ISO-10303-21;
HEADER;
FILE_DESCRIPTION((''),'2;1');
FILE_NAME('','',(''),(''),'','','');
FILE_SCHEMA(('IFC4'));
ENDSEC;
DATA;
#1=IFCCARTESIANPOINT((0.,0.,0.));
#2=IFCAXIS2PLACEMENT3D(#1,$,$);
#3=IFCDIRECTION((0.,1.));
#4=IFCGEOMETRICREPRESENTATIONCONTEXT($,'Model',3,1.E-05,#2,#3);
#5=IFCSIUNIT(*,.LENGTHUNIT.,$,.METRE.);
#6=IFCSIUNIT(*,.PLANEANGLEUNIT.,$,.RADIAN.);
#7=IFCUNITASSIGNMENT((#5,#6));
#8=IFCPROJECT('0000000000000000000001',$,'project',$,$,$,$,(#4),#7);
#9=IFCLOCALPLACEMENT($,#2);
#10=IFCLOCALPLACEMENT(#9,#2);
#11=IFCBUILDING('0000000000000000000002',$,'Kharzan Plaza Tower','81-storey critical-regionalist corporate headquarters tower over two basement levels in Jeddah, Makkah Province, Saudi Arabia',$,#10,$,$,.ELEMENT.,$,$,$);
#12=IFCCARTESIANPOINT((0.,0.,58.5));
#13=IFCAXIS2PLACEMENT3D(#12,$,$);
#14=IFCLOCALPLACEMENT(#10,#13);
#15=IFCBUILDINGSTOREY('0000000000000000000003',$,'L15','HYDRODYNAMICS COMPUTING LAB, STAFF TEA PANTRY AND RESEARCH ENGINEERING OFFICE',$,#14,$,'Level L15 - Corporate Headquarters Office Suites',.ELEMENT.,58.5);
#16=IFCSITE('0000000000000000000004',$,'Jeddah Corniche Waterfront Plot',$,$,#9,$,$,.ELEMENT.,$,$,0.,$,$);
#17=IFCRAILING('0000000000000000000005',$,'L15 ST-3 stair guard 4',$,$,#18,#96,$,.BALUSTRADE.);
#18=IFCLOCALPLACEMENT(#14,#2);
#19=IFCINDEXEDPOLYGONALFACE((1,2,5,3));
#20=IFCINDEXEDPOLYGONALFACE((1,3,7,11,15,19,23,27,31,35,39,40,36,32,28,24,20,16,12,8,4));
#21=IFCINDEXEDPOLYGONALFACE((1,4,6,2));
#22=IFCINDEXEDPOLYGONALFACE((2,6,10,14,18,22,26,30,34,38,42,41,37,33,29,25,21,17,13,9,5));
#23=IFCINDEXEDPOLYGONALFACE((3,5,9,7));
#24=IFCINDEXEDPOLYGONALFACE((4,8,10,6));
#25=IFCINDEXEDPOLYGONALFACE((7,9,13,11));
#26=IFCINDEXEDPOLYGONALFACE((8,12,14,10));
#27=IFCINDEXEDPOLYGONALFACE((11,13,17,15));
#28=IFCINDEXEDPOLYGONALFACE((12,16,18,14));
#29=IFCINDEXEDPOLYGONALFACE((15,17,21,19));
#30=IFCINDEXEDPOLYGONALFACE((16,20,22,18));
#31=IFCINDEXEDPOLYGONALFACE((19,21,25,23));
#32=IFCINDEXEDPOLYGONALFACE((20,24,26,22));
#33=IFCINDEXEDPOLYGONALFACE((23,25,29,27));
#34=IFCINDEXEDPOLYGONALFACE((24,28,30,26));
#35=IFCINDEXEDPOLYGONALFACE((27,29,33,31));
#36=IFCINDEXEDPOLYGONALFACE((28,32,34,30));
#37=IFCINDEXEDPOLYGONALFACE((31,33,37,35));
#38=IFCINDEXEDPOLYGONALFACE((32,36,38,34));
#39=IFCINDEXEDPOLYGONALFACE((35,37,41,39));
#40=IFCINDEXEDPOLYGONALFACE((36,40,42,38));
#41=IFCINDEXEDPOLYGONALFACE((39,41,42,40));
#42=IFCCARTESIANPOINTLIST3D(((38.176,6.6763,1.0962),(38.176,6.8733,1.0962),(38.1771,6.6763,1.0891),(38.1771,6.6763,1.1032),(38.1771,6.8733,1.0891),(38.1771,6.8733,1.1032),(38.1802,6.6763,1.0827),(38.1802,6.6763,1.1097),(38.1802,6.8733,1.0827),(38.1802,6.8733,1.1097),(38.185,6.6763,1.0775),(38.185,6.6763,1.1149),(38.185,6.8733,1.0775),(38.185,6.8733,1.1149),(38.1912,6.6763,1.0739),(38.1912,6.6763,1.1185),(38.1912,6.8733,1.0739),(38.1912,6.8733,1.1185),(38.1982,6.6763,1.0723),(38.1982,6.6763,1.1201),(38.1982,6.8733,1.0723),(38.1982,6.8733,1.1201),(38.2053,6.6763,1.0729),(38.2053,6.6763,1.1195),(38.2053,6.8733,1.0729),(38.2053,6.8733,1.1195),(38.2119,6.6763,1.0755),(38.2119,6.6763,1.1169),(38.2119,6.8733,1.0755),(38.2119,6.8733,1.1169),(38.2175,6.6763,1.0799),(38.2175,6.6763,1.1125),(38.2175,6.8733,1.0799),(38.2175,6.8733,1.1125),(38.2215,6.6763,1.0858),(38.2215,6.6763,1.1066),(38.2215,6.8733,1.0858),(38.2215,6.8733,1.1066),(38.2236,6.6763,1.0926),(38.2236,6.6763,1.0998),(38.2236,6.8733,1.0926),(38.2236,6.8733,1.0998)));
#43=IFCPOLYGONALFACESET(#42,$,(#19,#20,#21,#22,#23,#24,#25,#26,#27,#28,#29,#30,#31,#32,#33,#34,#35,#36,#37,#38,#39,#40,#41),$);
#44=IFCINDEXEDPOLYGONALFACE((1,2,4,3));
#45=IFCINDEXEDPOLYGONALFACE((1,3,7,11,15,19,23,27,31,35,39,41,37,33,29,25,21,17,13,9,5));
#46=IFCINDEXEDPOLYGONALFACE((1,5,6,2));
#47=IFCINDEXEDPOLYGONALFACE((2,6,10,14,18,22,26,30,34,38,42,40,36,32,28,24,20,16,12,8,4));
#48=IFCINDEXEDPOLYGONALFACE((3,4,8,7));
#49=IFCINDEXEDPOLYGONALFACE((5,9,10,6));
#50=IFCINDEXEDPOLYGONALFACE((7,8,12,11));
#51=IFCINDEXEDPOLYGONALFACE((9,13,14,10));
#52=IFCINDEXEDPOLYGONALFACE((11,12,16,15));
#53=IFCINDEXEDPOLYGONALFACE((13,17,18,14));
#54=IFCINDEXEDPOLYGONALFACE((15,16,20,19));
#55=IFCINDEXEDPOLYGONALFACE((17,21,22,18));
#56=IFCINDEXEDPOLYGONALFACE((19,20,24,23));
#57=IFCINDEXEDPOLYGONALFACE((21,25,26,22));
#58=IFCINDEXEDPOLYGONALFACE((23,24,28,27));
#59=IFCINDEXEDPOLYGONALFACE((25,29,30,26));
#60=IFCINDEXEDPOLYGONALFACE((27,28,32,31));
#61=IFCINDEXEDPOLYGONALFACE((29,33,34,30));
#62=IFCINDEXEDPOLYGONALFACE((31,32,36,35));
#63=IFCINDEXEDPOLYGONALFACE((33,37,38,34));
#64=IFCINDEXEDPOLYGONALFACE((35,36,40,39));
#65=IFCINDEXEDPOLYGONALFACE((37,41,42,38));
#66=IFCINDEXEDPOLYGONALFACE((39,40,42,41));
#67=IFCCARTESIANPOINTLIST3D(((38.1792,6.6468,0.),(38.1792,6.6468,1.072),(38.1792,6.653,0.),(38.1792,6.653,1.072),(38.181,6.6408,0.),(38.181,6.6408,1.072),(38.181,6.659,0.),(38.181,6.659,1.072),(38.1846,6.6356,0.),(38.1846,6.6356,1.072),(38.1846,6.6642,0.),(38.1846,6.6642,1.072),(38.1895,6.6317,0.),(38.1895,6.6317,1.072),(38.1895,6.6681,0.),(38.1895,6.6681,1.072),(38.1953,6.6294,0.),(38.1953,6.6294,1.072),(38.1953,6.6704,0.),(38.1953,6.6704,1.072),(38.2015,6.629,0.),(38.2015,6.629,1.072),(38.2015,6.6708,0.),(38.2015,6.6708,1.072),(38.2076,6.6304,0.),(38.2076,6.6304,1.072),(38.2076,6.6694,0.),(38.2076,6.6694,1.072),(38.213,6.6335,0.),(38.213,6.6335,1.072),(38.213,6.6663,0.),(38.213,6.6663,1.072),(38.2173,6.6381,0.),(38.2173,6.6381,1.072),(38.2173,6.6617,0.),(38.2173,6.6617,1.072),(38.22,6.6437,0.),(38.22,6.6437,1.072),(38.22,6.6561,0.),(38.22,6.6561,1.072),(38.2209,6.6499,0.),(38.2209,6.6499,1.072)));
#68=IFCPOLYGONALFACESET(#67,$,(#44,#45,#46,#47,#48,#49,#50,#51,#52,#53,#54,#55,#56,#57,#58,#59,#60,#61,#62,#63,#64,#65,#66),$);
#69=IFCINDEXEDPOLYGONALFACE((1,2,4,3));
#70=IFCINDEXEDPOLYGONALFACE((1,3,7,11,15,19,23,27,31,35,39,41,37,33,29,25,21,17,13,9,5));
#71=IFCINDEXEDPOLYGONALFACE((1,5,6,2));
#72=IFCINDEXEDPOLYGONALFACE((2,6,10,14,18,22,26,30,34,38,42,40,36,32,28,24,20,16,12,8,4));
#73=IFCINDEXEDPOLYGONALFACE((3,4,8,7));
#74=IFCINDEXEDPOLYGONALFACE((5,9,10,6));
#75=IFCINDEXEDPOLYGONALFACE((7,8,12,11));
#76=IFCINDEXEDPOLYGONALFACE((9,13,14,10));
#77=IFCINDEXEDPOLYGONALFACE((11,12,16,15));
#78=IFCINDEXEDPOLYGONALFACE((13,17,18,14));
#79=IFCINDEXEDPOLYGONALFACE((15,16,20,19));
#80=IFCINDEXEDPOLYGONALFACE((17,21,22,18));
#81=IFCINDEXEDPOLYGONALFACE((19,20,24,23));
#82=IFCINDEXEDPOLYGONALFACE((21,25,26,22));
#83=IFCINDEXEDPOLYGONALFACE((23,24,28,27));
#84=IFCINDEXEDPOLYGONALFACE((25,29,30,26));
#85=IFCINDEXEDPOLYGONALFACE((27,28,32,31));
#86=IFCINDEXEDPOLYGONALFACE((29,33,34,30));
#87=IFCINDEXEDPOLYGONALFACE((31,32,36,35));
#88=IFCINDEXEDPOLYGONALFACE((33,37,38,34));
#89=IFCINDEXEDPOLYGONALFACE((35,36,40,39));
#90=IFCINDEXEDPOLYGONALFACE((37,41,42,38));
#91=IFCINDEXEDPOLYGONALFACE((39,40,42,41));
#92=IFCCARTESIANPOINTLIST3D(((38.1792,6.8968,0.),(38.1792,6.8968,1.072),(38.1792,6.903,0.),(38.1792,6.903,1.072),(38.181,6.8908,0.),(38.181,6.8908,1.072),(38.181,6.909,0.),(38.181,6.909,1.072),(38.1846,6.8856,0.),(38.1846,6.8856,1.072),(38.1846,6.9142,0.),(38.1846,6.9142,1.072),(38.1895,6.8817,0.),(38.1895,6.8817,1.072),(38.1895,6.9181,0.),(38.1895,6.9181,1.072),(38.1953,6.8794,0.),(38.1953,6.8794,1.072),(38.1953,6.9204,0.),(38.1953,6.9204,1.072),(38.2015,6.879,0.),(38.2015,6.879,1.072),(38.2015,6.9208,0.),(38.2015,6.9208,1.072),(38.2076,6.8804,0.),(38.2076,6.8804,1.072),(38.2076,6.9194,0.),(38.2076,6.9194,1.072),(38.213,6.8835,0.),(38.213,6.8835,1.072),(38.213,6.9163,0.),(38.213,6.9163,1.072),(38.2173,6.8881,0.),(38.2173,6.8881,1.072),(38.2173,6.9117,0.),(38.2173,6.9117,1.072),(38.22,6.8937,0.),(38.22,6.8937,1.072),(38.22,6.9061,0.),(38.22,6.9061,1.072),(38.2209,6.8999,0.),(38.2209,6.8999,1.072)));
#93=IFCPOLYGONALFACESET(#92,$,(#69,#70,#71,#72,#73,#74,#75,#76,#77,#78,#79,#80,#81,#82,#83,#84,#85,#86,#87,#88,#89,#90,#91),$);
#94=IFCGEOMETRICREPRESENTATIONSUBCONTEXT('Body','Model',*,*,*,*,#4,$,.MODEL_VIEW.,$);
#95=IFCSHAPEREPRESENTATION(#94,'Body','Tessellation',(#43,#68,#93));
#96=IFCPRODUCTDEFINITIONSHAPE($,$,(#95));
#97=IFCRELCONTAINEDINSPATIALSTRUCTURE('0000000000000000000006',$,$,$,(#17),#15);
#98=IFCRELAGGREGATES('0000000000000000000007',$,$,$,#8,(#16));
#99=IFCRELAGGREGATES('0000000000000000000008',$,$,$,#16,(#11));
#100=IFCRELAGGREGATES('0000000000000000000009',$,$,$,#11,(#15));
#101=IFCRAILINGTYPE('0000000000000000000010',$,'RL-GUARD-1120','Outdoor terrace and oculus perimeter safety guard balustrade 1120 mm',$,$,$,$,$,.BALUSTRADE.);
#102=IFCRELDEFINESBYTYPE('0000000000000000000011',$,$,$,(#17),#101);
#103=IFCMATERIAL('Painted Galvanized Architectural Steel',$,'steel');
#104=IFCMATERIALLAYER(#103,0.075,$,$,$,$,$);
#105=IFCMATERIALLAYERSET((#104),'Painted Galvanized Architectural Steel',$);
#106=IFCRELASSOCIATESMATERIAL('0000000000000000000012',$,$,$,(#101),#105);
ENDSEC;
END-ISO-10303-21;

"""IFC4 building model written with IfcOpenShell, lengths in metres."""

from ifc_helpers import new_model, si_unit, direction, frame, origin, origin_2d, place, context, subcontext, project, spatial, circle, extrude, source, transform, mapped, material, layer, layer_set, type_object, element, save


model = new_model("IFC4")

# Units and contexts
model_context = context("Model", 3, precision=1e-05, world=origin(), true_north=direction((0.0, 1.0)))
body_context = subcontext(model_context, "Body", "Model", "MODEL_VIEW")
ifc_project = project(units=[si_unit("LENGTHUNIT", "METRE"), si_unit("PLANEANGLEUNIT", "RADIAN")], contexts=[model_context])

# Site, building, storey
site_placement = place(None, origin())
site = spatial("IfcSite", under=ifc_project, at=site_placement, Name="Jeddah Corniche Waterfront Plot", CompositionType="ELEMENT", RefElevation=0.0)
building_placement = place(site_placement, origin())
building = spatial("IfcBuilding", under=site, at=building_placement, Name="Kharzan Plaza Tower", Description="81-storey critical-regionalist corporate headquarters tower over two basement levels in Jeddah, Makkah Province, Saudi Arabia", CompositionType="ELEMENT")
storey_placement = place(building_placement, frame((0.0, 0.0, 58.5)))
storey = spatial("IfcBuildingStorey", under=building, at=storey_placement, Name="L15", Description="HYDRODYNAMICS COMPUTING LAB, STAFF TEA PANTRY AND RESEARCH ENGINEERING OFFICE", LongName="Level L15 - Corporate Headquarters Office Suites", CompositionType="ELEMENT", Elevation=58.5)

# Railing
ifc_material_1 = material(Name="Painted Galvanized Architectural Steel", Category="steel")
ifc_layer_1 = layer(ifc_material_1, 0.075)
ifc_layer_set_1 = layer_set([ifc_layer_1], Name="Painted Galvanized Architectural Steel")
railing_type_1 = type_object("IfcRailingType", Name="RL-GUARD-1120", Description="Outdoor terrace and oculus perimeter safety guard balustrade 1120 mm", PredefinedType="BALUSTRADE", material=ifc_layer_set_1)
shared_shape_1 = source(origin(), body_context, "Body", "SweptSolid", [
    extrude(circle(Radius=0.0239, at=origin_2d()), frame((0.0, 0.0264, 1.0962), z_axis=(0.0, 1.0, 0.0), x_axis=(-1.0, 0.0, 0.0)), (0.0, 0.0, 1.0), 0.197),
    extrude(circle(Radius=0.021, at=origin_2d()), origin(), (0.0, 0.0, 1.0), 1.072),
    extrude(circle(Radius=0.021, at=origin_2d()), frame((0.0, 0.25, 0.0)), (0.0, 0.0, 1.0), 1.072),
])
for number, where, name in (
    (1, (38.2, 6.6499, 0.0), "L15 ST-3 stair guard 4"),
):
    element("IfcRailing", number, at=place(storey_placement, frame(where)), inside=storey, type_object=railing_type_1, Name=name, PredefinedType="BALUSTRADE", context=body_context, shape_type="MappedRepresentation", body=[
        mapped(shared_shape_1, transform((0.0, 0.0, 0.0), x_axis=(1.0, 0.0, 0.0), y_axis=(0.0, 1.0, 0.0), z_axis=(0.0, 0.0, 1.0))),
    ])

save(model, "model.ifc")
